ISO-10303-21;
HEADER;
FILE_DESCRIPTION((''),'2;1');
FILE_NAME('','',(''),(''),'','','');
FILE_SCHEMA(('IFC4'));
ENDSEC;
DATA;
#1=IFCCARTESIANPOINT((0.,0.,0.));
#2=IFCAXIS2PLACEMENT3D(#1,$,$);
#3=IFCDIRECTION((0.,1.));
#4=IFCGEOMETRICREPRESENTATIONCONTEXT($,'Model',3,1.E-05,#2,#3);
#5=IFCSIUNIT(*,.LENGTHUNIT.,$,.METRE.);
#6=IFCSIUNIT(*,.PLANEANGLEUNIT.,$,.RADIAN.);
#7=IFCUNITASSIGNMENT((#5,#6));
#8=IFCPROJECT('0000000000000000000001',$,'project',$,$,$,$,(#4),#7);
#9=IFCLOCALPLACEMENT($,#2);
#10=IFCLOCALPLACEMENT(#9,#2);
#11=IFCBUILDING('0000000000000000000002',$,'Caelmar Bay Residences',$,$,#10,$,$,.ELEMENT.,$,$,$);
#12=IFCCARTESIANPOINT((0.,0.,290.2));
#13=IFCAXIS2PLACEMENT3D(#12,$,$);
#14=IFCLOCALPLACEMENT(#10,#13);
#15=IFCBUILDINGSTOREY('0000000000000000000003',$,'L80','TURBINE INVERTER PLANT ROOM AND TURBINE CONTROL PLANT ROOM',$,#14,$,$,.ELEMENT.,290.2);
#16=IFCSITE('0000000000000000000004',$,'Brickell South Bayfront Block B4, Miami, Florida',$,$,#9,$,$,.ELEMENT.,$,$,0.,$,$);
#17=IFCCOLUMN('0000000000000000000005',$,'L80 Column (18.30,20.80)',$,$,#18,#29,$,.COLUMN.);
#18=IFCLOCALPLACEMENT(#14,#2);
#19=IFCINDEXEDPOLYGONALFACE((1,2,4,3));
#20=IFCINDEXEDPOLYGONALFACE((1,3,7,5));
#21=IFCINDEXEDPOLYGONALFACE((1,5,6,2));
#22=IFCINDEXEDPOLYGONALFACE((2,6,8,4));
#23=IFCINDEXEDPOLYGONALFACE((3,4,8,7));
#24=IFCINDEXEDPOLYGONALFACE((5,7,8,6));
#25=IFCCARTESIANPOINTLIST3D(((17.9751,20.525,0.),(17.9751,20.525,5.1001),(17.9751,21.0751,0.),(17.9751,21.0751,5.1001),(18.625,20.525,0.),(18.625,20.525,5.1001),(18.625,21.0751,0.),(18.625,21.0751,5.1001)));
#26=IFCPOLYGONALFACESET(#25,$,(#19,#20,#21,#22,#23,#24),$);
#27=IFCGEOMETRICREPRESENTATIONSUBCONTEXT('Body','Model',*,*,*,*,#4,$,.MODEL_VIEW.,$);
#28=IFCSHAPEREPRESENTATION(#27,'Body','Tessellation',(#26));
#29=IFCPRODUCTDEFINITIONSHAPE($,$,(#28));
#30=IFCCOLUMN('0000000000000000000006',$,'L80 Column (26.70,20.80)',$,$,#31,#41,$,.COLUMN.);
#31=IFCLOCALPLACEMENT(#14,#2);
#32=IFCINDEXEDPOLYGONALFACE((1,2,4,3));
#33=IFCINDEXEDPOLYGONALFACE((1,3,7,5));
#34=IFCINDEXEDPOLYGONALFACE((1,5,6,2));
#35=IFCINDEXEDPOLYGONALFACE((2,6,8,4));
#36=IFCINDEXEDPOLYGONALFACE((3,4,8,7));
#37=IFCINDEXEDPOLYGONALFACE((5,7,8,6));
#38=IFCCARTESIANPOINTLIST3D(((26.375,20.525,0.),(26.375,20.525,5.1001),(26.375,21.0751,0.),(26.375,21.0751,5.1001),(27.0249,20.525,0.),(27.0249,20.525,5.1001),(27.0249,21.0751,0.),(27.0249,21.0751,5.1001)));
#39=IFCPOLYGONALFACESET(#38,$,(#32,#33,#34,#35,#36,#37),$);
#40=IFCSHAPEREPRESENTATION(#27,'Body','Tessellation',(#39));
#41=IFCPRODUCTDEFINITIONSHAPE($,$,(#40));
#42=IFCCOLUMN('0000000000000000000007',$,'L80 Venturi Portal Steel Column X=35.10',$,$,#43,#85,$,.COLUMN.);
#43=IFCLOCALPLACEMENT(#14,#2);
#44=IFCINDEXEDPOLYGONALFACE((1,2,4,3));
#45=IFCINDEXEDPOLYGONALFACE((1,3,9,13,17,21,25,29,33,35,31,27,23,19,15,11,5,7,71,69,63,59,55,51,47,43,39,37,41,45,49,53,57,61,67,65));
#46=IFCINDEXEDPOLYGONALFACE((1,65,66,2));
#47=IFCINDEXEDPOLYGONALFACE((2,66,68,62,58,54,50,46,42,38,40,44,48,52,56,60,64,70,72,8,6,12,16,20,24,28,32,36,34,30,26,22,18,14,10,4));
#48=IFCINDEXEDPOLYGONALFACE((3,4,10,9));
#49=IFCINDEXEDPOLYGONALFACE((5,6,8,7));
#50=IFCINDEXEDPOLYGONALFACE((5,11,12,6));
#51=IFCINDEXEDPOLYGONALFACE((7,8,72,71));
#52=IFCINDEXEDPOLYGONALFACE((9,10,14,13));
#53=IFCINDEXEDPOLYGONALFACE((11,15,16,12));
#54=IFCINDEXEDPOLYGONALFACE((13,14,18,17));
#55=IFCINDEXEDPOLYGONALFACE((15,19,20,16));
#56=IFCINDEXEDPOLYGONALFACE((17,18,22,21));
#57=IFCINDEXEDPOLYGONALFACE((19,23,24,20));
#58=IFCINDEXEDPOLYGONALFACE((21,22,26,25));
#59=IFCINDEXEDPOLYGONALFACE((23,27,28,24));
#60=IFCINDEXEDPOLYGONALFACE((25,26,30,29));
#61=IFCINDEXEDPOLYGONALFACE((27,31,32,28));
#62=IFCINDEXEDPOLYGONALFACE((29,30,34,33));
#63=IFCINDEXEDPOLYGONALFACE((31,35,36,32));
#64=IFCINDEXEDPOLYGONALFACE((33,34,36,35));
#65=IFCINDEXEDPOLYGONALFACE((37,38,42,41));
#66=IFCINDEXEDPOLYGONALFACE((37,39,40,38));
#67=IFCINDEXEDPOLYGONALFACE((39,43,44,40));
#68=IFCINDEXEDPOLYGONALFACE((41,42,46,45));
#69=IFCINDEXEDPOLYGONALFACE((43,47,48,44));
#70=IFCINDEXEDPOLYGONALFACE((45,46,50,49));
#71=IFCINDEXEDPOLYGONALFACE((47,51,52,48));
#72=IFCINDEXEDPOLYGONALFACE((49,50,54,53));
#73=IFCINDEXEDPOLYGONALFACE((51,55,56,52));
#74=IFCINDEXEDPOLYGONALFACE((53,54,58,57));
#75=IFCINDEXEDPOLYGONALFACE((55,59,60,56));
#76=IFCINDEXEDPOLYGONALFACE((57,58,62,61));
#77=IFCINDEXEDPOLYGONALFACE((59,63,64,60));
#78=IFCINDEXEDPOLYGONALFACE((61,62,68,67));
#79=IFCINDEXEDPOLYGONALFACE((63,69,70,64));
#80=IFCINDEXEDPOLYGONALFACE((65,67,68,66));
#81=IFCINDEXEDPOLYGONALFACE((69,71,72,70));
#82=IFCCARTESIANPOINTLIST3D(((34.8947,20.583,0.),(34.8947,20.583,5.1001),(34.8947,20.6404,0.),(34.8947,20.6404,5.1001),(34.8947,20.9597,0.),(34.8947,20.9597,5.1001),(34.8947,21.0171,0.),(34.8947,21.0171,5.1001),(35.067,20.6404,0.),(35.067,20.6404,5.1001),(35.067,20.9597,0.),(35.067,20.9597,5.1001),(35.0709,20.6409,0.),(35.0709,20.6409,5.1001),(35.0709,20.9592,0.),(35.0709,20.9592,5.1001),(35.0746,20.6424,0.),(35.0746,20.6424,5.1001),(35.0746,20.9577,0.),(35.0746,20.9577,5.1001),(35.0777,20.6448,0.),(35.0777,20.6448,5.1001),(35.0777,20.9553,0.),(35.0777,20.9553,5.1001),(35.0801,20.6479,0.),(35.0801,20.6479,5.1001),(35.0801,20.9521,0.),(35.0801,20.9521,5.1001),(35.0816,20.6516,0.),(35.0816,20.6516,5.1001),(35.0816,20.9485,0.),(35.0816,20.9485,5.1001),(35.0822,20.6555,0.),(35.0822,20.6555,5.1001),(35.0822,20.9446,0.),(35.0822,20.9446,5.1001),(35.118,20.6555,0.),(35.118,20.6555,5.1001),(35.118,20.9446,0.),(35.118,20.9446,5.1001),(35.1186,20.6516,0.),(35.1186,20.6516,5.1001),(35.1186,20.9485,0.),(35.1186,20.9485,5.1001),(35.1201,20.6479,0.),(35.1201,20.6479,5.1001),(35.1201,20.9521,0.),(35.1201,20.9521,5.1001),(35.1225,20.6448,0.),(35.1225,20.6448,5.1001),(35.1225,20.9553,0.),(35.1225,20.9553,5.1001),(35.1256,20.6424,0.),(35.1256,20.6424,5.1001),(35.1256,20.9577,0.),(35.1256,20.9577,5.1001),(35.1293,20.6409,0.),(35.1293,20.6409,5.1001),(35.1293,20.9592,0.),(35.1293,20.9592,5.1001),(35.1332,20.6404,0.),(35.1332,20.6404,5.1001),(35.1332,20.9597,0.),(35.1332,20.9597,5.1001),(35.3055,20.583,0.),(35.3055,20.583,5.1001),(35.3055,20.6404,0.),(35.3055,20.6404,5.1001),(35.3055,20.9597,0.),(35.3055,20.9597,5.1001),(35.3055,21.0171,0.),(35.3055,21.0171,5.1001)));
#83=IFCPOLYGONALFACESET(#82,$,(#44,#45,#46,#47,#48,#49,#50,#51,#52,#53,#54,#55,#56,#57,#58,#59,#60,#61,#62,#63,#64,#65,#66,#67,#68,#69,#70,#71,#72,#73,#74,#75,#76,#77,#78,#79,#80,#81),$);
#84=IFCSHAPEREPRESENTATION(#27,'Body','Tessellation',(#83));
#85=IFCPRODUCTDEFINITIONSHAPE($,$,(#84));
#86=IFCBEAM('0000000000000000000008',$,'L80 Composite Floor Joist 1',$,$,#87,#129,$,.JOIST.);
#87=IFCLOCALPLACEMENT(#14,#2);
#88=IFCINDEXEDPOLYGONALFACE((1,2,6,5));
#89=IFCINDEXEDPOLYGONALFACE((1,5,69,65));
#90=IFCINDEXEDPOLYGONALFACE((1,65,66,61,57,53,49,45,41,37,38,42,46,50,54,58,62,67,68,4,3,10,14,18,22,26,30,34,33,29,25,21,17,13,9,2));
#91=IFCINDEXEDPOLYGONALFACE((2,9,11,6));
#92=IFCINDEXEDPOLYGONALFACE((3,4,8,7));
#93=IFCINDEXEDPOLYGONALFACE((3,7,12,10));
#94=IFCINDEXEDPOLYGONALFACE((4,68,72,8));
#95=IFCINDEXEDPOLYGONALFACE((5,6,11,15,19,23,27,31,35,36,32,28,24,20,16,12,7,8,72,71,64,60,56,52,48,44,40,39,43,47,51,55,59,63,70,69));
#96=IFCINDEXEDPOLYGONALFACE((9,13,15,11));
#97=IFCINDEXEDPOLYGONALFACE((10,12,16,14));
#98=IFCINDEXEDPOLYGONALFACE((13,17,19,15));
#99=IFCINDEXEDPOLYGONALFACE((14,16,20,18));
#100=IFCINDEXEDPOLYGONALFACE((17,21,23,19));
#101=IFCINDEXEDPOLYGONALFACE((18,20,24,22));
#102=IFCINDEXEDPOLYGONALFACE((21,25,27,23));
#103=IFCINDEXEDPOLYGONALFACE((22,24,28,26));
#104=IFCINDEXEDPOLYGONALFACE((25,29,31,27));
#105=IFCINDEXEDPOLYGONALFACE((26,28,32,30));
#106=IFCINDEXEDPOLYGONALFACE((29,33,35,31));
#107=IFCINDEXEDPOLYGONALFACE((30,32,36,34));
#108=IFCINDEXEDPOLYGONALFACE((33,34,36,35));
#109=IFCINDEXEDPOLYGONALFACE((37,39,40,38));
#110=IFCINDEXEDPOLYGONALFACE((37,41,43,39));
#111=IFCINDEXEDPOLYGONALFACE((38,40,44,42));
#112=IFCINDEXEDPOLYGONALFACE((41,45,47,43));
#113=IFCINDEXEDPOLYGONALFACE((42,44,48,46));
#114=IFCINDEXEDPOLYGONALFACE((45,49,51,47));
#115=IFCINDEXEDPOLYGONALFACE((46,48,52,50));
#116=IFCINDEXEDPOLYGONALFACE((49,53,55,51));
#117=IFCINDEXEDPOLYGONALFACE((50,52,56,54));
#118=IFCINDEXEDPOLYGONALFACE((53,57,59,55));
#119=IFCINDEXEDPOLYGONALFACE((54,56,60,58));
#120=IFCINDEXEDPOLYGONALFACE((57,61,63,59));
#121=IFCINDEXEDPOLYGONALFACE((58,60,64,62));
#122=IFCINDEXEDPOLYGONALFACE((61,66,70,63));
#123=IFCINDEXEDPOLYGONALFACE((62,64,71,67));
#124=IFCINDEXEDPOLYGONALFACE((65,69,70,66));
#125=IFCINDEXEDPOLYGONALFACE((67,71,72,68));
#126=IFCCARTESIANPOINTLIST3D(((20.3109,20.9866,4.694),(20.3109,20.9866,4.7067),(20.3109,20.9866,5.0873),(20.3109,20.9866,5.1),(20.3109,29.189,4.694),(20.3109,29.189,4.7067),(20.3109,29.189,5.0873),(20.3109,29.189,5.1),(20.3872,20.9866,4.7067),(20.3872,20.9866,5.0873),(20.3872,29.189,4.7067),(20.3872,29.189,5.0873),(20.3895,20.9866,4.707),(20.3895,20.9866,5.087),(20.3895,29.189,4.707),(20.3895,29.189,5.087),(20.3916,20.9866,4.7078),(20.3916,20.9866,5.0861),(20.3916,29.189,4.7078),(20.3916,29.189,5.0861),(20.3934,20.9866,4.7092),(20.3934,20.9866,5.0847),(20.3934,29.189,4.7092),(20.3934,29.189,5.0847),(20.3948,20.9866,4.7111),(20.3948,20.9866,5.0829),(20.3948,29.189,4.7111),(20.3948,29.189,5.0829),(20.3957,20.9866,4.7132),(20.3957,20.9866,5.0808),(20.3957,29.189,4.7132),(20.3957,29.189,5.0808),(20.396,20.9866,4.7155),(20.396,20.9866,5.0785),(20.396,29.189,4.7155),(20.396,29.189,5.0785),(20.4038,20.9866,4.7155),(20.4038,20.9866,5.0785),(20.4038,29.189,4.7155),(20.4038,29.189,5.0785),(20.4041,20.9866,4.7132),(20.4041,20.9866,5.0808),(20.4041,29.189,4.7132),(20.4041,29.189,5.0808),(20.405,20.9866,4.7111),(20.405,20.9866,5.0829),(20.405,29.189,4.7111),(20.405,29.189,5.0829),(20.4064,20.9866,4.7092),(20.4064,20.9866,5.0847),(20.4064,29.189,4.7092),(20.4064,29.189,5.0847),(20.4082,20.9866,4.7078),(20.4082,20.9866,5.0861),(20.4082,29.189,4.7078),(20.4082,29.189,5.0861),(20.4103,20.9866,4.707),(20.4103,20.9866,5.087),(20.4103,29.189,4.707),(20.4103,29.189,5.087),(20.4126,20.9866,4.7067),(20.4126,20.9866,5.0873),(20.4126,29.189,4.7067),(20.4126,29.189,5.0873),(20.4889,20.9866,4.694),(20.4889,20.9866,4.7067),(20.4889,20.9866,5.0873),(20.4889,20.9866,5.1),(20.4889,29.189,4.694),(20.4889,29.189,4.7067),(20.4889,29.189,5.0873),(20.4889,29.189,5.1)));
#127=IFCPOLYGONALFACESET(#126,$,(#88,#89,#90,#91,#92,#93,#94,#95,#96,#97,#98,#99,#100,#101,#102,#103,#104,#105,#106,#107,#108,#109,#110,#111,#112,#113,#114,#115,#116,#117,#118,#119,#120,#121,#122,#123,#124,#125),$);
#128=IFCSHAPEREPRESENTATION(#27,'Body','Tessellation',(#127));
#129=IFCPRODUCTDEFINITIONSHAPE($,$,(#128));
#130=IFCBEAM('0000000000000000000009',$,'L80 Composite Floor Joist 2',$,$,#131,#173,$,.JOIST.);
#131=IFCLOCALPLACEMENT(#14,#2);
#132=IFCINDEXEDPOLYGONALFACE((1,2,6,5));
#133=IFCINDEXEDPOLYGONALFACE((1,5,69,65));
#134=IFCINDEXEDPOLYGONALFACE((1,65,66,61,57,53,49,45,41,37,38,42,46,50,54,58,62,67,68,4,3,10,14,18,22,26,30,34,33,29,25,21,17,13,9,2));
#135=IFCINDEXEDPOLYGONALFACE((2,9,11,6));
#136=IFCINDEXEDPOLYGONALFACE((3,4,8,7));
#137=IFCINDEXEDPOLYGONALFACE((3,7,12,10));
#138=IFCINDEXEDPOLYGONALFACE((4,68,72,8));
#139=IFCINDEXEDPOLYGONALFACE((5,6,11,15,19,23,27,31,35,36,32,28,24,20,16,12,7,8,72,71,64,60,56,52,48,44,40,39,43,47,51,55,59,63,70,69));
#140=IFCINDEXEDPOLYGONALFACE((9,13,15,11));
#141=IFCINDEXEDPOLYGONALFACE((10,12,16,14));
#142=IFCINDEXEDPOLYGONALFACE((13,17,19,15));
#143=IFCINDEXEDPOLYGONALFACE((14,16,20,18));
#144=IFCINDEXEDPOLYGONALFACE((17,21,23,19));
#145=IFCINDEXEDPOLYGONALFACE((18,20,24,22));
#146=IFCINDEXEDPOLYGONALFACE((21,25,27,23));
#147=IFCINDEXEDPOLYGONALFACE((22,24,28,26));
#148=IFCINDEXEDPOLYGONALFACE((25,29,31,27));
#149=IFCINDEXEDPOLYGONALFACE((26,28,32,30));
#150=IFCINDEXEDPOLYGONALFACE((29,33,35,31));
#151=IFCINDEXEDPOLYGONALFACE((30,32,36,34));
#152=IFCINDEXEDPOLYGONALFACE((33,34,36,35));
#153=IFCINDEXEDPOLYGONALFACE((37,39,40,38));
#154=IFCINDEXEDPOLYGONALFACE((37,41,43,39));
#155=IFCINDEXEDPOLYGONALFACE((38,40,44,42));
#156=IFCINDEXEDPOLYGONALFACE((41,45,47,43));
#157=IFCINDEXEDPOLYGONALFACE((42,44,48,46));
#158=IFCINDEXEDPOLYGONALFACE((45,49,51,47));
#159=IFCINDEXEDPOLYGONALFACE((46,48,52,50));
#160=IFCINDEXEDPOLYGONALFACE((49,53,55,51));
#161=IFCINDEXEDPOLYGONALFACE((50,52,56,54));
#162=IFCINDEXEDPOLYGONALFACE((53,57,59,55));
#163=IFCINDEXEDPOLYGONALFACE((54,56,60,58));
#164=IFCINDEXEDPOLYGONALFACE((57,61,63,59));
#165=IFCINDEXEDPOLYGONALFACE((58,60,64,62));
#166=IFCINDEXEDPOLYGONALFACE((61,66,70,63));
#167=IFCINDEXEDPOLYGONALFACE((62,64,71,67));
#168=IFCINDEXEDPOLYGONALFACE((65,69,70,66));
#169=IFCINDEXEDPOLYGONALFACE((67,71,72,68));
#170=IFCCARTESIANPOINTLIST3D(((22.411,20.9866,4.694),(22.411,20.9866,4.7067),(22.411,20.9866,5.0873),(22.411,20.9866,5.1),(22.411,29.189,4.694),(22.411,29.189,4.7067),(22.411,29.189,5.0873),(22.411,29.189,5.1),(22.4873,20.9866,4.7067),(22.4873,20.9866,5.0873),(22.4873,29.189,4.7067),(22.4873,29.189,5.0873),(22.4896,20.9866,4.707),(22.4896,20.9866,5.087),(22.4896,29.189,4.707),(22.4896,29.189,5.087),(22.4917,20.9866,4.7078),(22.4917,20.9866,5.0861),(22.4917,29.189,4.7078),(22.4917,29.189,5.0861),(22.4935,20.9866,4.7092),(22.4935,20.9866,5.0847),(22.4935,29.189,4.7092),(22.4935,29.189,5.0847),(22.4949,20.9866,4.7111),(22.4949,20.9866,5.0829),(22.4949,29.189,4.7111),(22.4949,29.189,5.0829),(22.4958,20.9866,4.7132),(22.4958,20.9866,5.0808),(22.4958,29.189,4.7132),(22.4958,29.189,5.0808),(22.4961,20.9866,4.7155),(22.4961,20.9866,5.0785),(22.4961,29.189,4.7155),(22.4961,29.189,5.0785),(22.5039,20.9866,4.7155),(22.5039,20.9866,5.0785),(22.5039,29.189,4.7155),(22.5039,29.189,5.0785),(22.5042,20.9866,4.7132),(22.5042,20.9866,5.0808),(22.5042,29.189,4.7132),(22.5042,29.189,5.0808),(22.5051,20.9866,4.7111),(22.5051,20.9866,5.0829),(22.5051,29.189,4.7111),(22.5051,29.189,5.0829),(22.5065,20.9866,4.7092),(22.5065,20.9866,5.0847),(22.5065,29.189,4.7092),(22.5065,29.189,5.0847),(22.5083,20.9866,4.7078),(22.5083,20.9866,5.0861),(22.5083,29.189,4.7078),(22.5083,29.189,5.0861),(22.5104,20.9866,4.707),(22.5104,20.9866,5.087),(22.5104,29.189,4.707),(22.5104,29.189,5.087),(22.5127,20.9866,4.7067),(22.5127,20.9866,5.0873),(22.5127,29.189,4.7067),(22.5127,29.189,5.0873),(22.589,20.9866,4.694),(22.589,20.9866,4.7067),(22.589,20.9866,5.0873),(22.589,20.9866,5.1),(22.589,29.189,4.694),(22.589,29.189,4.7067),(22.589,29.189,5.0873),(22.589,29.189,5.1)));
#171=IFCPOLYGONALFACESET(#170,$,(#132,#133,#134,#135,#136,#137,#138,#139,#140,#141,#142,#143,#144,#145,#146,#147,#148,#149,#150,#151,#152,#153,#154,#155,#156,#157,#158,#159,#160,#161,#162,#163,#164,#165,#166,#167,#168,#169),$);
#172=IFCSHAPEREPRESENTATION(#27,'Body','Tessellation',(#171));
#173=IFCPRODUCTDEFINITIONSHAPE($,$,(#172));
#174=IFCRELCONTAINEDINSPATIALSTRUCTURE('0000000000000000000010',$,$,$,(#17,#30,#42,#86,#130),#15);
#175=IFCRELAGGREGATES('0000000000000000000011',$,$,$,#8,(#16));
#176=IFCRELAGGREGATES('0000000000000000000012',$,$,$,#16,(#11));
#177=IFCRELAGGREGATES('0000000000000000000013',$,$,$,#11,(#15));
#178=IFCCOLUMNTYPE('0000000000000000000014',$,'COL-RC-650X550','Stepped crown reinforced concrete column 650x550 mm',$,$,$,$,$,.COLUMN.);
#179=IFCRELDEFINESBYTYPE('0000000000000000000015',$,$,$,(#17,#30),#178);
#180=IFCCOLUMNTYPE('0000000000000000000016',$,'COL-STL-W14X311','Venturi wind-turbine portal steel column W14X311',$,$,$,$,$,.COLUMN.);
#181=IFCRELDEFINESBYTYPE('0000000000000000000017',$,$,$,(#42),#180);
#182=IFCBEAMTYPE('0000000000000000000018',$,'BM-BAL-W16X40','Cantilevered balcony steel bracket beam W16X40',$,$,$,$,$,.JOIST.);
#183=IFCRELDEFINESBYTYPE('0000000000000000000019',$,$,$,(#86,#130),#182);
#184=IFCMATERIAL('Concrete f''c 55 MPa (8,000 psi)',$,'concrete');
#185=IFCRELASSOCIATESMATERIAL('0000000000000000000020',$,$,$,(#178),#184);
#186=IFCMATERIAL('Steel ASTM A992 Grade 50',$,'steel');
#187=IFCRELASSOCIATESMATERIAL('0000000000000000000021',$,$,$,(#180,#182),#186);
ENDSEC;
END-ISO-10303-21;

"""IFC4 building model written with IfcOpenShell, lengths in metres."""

from ifc_helpers import new_model, si_unit, direction, frame, origin, origin_2d, place, context, subcontext, project, spatial, rectangle, i_section, extrude, material, material_profile, profile_set, type_object, element, save


model = new_model("IFC4")

# Units and contexts
model_context = context("Model", 3, precision=1e-05, world=origin(), true_north=direction((0.0, 1.0)))
body_context = subcontext(model_context, "Body", "Model", "MODEL_VIEW")
ifc_project = project(units=[si_unit("LENGTHUNIT", "METRE"), si_unit("PLANEANGLEUNIT", "RADIAN")], contexts=[model_context])

# Site, building, storey
site_placement = place(None, origin())
site = spatial("IfcSite", under=ifc_project, at=site_placement, Name="Brickell South Bayfront Block B4, Miami, Florida", CompositionType="ELEMENT", RefElevation=0.0)
building_placement = place(site_placement, origin())
building = spatial("IfcBuilding", under=site, at=building_placement, Name="Caelmar Bay Residences", CompositionType="ELEMENT")
storey_placement = place(building_placement, frame((0.0, 0.0, 290.2)))
storey = spatial("IfcBuildingStorey", under=building, at=storey_placement, Name="L80", Description="TURBINE INVERTER PLANT ROOM AND TURBINE CONTROL PLANT ROOM", CompositionType="ELEMENT", Elevation=290.2)

# Columns
ifc_material_1 = material(Name="Concrete f'c 55 MPa (8,000 psi)", Category="concrete")
ifc_material_profile_1 = material_profile(ifc_material_1, rectangle(XDim=0.6499, YDim=0.55, at=origin_2d()), Name="RC-COL-650X550")
ifc_profile_set_1 = profile_set([ifc_material_profile_1], Name="Concrete f'c 55 MPa (8,000 psi)")
column_type_1 = type_object("IfcColumnType", Name="COL-RC-650X550", Description="Stepped crown reinforced concrete column 650x550 mm", PredefinedType="COLUMN", material=ifc_profile_set_1)
for number, where, z_axis, x_axis, name in (
    (1, (18.3, 20.8, 0.0), (0.0, 0.0, 1.0), (1.0, 0.0, 0.0), "L80 Column (18.30,20.80)"),
    (2, (26.7, 20.8, 0.0), (0.0, 0.0, 1.0), (1.0, 0.0, 0.0), "L80 Column (26.70,20.80)"),
):
    element("IfcColumn", number, at=place(storey_placement, frame(where, z_axis=z_axis, x_axis=x_axis)), inside=storey, type_object=column_type_1, Name=name, PredefinedType="COLUMN", context=body_context, shape_type="SweptSolid", body=[
        extrude(rectangle(XDim=0.6499, YDim=0.55, at=origin_2d()), origin(), (0.0, 0.0, 1.0), 5.1001),
    ])
ifc_material_2 = material(Name="Steel ASTM A992 Grade 50", Category="steel")
ifc_material_profile_2 = material_profile(ifc_material_2, i_section(OverallWidth=0.4109, OverallDepth=0.4341, WebThickness=0.0359, FlangeThickness=0.0574, FilletRadius=0.0151, at=origin_2d()), Name="W14X311")
ifc_profile_set_2 = profile_set([ifc_material_profile_2], Name="Steel ASTM A992 Grade 50")
column_type_2 = type_object("IfcColumnType", Name="COL-STL-W14X311", Description="Venturi wind-turbine portal steel column W14X311", PredefinedType="COLUMN", material=ifc_profile_set_2)
column_placement = place(storey_placement, frame((35.1001, 20.8, 0.0), z_axis=(0.0, 0.0, 1.0), x_axis=(1.0, 0.0, 0.0)))
element("IfcColumn", 3, at=column_placement, inside=storey, type_object=column_type_2, Name="L80 Venturi Portal Steel Column X=35.10", PredefinedType="COLUMN", context=body_context, shape_type="SweptSolid", body=[
    extrude(i_section(OverallWidth=0.4109, OverallDepth=0.4341, WebThickness=0.0359, FlangeThickness=0.0574, FilletRadius=0.0151, at=origin_2d()), origin(), (0.0, 0.0, 1.0), 5.1001),
])

# Beams
ifc_material_profile_3 = material_profile(ifc_material_2, i_section(OverallWidth=0.178, OverallDepth=0.406, WebThickness=0.0078, FlangeThickness=0.0127, FilletRadius=0.0088, at=origin_2d()), Name="W16X40")
ifc_profile_set_3 = profile_set([ifc_material_profile_3], Name="Steel ASTM A992 Grade 50")
beam_type_1 = type_object("IfcBeamType", Name="BM-BAL-W16X40", Description="Cantilevered balcony steel bracket beam W16X40", PredefinedType="JOIST", material=ifc_profile_set_3)
for number, where, z_axis, x_axis, name in (
    (4, (20.3999, 20.9866, 4.897), (0.0, 1.0, 0.0), (-1.0, 0.0, 0.0), "L80 Composite Floor Joist 1"),
    (5, (22.5, 20.9866, 4.897), (0.0, 1.0, 0.0), (-1.0, 0.0, 0.0), "L80 Composite Floor Joist 2"),
):
    element("IfcBeam", number, at=place(storey_placement, frame(where, z_axis=z_axis, x_axis=x_axis)), inside=storey, type_object=beam_type_1, Name=name, PredefinedType="JOIST", context=body_context, shape_type="SweptSolid", body=[
        extrude(i_section(OverallWidth=0.178, OverallDepth=0.406, WebThickness=0.0078, FlangeThickness=0.0127, FilletRadius=0.0088, at=origin_2d()), origin(), (0.0, 0.0, 1.0), 8.2024),
    ])

save(model, "model.ifc")
